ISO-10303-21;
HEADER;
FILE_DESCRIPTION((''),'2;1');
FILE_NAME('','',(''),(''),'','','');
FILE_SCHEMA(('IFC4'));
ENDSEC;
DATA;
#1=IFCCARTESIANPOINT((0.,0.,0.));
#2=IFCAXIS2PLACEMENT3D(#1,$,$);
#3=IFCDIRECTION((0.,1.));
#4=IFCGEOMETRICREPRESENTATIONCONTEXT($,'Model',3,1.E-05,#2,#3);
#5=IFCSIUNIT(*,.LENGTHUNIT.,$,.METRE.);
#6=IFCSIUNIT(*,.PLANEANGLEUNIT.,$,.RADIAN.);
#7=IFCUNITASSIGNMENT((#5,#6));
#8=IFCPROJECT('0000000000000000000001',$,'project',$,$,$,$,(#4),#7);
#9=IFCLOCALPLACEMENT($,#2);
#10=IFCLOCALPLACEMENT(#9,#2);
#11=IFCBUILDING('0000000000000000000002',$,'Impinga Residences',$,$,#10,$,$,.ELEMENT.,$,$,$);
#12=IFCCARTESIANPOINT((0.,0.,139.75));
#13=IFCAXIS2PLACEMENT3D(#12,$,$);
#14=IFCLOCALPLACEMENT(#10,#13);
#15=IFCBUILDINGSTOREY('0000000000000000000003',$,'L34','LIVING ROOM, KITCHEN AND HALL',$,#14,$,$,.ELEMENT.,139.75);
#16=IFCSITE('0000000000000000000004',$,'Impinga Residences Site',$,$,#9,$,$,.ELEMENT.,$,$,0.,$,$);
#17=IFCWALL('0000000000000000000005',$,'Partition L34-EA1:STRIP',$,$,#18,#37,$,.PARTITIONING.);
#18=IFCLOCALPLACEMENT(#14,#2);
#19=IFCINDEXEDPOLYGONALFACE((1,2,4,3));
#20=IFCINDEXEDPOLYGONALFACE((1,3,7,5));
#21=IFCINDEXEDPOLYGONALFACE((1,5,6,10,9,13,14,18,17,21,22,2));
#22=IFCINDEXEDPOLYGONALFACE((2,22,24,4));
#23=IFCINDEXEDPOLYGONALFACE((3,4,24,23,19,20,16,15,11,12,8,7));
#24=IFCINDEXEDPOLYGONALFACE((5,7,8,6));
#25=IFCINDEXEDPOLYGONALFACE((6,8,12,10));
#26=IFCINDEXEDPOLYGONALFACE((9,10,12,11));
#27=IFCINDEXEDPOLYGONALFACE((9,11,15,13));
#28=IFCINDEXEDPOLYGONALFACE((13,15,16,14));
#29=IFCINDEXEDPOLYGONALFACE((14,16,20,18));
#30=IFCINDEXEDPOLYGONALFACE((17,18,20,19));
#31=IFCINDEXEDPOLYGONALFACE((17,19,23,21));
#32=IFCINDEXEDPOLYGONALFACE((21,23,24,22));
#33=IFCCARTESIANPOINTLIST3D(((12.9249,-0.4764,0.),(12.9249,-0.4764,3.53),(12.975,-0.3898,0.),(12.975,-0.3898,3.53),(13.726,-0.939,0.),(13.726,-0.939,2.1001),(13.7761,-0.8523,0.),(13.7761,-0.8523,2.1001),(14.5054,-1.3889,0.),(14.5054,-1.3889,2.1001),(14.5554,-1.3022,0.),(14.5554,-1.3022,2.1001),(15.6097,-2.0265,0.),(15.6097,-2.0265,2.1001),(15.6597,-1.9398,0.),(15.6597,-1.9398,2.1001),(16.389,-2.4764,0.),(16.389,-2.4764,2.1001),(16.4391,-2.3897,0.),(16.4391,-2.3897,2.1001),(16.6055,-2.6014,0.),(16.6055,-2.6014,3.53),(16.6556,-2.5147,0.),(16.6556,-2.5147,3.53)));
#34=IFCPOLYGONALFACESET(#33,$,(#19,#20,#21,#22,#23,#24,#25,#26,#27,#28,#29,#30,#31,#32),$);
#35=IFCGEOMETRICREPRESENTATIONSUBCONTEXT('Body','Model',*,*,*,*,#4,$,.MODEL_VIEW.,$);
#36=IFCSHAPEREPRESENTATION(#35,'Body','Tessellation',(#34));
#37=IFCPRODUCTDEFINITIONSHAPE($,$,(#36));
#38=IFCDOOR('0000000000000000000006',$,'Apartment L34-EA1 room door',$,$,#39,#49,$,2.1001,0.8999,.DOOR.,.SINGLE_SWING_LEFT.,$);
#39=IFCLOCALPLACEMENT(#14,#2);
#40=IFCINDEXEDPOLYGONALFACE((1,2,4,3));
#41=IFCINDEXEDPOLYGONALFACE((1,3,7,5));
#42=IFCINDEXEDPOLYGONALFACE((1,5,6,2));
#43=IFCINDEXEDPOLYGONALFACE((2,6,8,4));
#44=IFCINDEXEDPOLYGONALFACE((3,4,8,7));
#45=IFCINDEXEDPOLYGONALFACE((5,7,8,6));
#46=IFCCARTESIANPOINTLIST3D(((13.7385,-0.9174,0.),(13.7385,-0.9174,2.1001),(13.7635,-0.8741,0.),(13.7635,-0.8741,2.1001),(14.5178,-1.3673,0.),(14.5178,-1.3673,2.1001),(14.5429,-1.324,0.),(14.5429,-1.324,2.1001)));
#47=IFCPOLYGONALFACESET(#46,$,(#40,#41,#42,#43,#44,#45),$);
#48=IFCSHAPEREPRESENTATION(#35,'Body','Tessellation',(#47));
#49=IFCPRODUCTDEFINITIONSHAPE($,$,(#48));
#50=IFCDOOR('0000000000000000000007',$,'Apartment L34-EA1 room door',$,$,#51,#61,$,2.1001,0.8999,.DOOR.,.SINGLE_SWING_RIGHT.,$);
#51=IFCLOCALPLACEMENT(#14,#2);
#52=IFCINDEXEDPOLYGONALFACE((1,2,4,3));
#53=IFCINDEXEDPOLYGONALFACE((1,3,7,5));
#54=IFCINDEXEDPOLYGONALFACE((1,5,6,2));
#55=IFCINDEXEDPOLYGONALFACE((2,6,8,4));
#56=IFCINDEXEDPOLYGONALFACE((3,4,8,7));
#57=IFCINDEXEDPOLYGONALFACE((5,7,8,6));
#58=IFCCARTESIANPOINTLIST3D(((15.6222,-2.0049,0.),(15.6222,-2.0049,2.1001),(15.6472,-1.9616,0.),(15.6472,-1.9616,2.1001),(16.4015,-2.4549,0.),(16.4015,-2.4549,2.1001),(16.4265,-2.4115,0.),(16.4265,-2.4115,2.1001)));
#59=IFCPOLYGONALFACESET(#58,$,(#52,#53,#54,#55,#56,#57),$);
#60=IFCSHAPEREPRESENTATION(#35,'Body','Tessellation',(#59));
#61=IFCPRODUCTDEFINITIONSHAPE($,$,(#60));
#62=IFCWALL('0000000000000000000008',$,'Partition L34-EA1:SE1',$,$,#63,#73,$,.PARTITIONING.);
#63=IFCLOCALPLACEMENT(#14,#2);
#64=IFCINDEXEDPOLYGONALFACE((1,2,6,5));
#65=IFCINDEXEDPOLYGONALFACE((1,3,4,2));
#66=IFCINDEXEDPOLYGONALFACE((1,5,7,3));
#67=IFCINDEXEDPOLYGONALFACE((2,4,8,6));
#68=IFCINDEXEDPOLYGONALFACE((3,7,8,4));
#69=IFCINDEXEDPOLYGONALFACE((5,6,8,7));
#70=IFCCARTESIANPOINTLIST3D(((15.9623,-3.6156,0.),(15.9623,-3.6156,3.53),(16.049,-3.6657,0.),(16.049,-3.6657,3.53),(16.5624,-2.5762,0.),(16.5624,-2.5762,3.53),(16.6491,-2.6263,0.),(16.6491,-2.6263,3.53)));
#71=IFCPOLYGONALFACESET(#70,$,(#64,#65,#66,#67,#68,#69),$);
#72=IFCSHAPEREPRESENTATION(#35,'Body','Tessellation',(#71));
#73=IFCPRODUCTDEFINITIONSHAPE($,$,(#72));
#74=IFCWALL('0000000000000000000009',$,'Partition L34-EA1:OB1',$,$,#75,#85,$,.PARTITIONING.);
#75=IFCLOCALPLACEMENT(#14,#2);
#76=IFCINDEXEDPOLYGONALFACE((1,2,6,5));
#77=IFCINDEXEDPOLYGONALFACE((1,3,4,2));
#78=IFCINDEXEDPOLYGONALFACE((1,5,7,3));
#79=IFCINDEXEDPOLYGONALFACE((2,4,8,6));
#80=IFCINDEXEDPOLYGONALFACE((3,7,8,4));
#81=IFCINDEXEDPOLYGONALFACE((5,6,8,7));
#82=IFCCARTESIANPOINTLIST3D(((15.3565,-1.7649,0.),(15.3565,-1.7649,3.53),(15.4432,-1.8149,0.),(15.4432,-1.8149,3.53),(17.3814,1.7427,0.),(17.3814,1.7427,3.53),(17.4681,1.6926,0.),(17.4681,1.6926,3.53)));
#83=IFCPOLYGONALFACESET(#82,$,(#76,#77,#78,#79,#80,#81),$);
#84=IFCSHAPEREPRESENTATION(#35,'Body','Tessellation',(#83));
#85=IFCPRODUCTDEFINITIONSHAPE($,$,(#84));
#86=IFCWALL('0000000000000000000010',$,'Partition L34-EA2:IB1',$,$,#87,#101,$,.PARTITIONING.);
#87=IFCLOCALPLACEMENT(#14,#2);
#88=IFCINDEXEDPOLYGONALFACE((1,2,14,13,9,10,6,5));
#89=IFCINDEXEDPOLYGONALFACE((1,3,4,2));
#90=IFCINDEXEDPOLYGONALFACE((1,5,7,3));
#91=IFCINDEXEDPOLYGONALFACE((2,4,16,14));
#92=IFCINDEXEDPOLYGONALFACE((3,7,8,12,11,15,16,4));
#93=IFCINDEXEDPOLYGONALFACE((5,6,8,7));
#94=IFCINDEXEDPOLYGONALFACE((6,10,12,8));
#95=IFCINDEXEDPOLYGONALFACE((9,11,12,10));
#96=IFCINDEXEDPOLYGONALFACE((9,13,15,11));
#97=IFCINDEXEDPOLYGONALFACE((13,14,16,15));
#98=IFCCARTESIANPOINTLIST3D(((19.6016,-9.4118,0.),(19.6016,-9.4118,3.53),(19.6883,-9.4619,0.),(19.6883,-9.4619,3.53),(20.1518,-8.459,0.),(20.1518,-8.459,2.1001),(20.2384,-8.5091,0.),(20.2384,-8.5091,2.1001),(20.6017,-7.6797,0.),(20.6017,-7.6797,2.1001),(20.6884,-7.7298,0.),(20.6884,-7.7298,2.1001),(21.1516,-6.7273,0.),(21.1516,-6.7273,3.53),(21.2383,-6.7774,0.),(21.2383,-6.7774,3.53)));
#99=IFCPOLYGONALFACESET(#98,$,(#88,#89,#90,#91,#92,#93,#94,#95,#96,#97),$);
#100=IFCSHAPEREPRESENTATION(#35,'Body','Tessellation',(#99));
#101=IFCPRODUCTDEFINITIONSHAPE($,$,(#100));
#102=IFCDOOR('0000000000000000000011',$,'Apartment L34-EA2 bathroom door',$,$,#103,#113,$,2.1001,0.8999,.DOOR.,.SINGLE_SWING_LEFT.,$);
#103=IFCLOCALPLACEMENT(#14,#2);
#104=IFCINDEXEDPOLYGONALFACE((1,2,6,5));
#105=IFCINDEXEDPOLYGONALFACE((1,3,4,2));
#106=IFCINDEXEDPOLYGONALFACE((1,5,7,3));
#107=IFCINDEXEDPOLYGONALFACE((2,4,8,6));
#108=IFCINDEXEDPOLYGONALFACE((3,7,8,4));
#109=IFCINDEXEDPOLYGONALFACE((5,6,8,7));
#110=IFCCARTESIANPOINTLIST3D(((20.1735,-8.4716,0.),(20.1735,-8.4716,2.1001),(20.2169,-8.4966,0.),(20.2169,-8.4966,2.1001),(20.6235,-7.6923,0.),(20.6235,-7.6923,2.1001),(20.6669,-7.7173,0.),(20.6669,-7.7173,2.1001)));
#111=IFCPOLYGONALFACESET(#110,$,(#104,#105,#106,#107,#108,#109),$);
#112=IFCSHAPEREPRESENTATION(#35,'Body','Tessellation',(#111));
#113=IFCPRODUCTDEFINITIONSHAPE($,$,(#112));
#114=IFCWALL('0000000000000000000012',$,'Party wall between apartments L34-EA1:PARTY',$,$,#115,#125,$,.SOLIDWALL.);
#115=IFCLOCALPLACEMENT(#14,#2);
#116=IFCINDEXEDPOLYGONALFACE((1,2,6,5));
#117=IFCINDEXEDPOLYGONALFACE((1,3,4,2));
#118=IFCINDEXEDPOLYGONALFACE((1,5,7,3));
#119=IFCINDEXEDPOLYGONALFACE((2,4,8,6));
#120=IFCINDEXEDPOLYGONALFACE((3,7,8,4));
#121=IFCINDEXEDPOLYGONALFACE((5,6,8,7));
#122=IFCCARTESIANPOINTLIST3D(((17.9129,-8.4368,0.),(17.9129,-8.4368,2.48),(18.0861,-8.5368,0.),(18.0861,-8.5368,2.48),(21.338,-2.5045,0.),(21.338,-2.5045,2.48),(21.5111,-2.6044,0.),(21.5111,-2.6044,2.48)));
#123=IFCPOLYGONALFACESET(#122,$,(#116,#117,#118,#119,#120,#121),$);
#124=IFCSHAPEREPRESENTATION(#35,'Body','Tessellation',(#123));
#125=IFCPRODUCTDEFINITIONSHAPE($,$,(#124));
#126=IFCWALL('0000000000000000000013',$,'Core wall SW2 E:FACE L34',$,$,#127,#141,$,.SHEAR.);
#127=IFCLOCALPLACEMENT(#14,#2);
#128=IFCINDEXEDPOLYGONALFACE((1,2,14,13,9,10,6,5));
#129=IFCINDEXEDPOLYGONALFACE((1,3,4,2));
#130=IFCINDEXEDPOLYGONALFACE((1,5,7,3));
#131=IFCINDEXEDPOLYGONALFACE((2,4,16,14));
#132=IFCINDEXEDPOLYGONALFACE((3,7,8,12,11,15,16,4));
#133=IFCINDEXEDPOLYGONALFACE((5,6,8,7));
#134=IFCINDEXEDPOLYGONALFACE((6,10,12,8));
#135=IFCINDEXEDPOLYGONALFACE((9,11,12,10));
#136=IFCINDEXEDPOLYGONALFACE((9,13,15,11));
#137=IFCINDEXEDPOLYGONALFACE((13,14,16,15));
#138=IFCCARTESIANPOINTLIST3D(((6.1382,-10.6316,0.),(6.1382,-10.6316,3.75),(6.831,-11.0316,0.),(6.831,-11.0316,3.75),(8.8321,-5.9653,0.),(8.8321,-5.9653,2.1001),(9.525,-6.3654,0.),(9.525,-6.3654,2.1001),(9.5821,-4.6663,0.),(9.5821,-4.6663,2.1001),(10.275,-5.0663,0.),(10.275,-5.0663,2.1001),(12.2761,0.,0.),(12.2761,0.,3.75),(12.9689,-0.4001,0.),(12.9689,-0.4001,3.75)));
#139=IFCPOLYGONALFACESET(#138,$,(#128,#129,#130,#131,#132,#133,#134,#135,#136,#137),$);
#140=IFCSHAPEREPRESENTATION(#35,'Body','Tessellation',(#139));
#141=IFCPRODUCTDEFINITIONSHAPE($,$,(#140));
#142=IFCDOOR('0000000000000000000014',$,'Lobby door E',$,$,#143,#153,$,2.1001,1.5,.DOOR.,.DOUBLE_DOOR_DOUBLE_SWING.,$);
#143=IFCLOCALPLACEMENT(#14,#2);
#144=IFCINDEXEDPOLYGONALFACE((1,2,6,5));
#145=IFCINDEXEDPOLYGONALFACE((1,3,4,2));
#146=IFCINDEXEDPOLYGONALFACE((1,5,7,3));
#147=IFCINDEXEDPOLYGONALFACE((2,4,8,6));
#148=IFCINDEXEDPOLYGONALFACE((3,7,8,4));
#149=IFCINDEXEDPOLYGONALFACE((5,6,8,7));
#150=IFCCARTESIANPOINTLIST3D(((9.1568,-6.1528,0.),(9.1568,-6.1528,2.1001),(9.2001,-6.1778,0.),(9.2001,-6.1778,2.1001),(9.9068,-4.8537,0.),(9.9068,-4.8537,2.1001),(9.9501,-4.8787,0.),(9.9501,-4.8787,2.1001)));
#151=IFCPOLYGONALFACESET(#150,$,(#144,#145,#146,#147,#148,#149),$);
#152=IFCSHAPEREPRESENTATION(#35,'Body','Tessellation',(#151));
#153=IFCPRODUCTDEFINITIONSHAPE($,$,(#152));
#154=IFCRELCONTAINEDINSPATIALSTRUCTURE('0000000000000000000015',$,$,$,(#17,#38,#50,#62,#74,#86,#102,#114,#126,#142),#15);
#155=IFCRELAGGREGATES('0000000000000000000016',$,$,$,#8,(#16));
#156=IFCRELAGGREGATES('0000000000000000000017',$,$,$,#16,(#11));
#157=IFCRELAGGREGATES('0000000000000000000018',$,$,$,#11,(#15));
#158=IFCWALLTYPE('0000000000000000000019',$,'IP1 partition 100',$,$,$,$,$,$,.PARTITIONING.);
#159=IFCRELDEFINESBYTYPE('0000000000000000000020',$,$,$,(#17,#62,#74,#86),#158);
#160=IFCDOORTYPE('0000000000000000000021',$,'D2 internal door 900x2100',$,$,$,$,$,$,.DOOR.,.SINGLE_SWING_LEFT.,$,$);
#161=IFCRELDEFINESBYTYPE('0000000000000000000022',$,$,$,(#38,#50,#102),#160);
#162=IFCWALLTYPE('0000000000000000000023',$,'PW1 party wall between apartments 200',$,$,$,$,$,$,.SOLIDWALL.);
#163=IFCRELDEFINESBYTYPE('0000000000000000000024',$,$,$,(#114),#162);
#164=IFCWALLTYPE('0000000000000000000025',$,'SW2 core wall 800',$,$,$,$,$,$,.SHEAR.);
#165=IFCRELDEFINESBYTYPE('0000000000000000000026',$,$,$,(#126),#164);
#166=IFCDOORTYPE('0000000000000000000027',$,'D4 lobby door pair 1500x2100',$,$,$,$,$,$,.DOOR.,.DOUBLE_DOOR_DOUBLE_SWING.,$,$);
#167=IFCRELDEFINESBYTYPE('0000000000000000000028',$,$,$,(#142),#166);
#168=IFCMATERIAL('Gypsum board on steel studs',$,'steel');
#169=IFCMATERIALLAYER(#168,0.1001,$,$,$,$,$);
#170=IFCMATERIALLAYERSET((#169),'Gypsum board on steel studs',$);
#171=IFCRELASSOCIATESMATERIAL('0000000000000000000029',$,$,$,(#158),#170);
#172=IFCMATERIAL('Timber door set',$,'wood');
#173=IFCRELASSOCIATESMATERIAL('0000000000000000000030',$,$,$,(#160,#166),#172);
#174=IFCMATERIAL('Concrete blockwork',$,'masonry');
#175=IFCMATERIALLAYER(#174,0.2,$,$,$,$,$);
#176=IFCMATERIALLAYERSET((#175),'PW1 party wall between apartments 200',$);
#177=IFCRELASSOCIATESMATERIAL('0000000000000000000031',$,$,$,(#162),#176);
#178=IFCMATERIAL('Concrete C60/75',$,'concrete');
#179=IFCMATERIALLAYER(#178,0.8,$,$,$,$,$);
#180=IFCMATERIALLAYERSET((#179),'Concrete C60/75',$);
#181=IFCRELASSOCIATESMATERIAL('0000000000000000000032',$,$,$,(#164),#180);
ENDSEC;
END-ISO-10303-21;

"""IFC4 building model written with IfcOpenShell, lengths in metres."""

from ifc_helpers import new_model, si_unit, direction, frame, frame_2d, origin, place, context, subcontext, project, spatial, rectangle, extrude, material, layer, layer_set, type_object, element, fill, save


model = new_model("IFC4")

# Units and contexts
model_context = context("Model", 3, precision=1e-05, world=origin(), true_north=direction((0.0, 1.0)))
body_context = subcontext(model_context, "Body", "Model", "MODEL_VIEW")
ifc_project = project(units=[si_unit("LENGTHUNIT", "METRE"), si_unit("PLANEANGLEUNIT", "RADIAN")], contexts=[model_context])

# Site, building, storey
site_placement = place(None, origin())
site = spatial("IfcSite", under=ifc_project, at=site_placement, Name="Impinga Residences Site", CompositionType="ELEMENT", RefElevation=0.0)
building_placement = place(site_placement, origin())
building = spatial("IfcBuilding", under=site, at=building_placement, Name="Impinga Residences", CompositionType="ELEMENT")
storey_placement = place(building_placement, frame((0.0, 0.0, 139.75)))
storey = spatial("IfcBuildingStorey", under=building, at=storey_placement, Name="L34", Description="LIVING ROOM, KITCHEN AND HALL", CompositionType="ELEMENT", Elevation=139.75)

# Shared definitions
ifc_material_1 = material(Name="Concrete C60/75", Category="concrete")

# Shared definitions
ifc_material_2 = material(Name="Gypsum board on steel studs", Category="steel")
ifc_layer_1 = layer(ifc_material_2, 0.1001)
ifc_layer_set_1 = layer_set([ifc_layer_1], Name="Gypsum board on steel studs")
wall_type_1 = type_object("IfcWallType", Name="IP1 partition 100", PredefinedType="PARTITIONING", material=ifc_layer_set_1)

# Wall, openings, doors
wall_1_placement = place(storey_placement, frame((12.95, -0.4331, 0.0), z_axis=(0.0, 0.0, 1.0), x_axis=(0.866029, -0.499994, 0.0)))
wall_1 = element("IfcWall", 1, at=wall_1_placement, inside=storey, type_object=wall_type_1, Name="Partition L34-EA1:STRIP", PredefinedType="PARTITIONING", context=body_context, shape_type="SweptSolid", body=[
    extrude(rectangle(XDim=4.25, YDim=0.1001, at=frame_2d((2.125, 0.0))), origin(), (0.0, 0.0, 1.0), 3.53),
])
opening_1_placement = place(wall_1_placement, frame((0.925, 0.0, 0.0)))
opening_1 = element("IfcOpeningElement", 2, at=opening_1_placement, cuts=wall_1, PredefinedType="OPENING", context=body_context, shape_type="SweptSolid", body=[
    extrude(rectangle(XDim=0.8999, YDim=2.1001, at=frame_2d((0.45, 1.05))), frame((0.0, 0.0601, 0.0), z_axis=(0.0, -1.0, 0.0), x_axis=(1.0, 0.0, 0.0)), (0.0, 0.0, 1.0), 0.1201),
])
opening_2_placement = place(wall_1_placement, frame((3.1001, 0.0, 0.0)))
opening_2 = element("IfcOpeningElement", 3, at=opening_2_placement, cuts=wall_1, PredefinedType="OPENING", context=body_context, shape_type="SweptSolid", body=[
    extrude(rectangle(XDim=0.8999, YDim=2.1001, at=frame_2d((0.45, 1.05))), frame((0.0, 0.0601, 0.0), z_axis=(0.0, -1.0, 0.0), x_axis=(1.0, 0.0, 0.0)), (0.0, 0.0, 1.0), 0.1201),
])
ifc_material_3 = material(Name="Timber door set", Category="wood")
door_type_1 = type_object("IfcDoorType", Name="D2 internal door 900x2100", OperationType="SINGLE_SWING_LEFT", PredefinedType="DOOR", material=ifc_material_3)
door_1_placement = place(opening_1_placement, origin())
door_1 = element("IfcDoor", 4, at=door_1_placement, inside=storey, type_object=door_type_1, Name="Apartment L34-EA1 room door", OperationType="SINGLE_SWING_LEFT", OverallHeight=2.1001, OverallWidth=0.8999, PredefinedType="DOOR", context=body_context, shape_type="SweptSolid", body=[
    extrude(rectangle(XDim=0.8999, YDim=2.1001, at=frame_2d((0.45, 1.05))), frame((0.0, 0.0249, 0.0), z_axis=(0.0, -1.0, 0.0), x_axis=(1.0, 0.0, 0.0)), (0.0, 0.0, 1.0), 0.05),
])
fill(opening_1, door_1)
door_2_placement = place(opening_2_placement, origin())
door_2 = element("IfcDoor", 5, at=door_2_placement, inside=storey, type_object=door_type_1, Name="Apartment L34-EA1 room door", OperationType="SINGLE_SWING_RIGHT", OverallHeight=2.1001, OverallWidth=0.8999, PredefinedType="DOOR", context=body_context, shape_type="SweptSolid", body=[
    extrude(rectangle(XDim=0.8999, YDim=2.1001, at=frame_2d((0.45, 1.05))), frame((0.0, 0.0249, 0.0), z_axis=(0.0, -1.0, 0.0), x_axis=(1.0, 0.0, 0.0)), (0.0, 0.0, 1.0), 0.05),
])
fill(opening_2, door_2)

# Walls
wall_2_placement = place(storey_placement, frame((16.0056, -3.6406, 0.0), z_axis=(0.0, 0.0, 1.0), x_axis=(0.500034, 0.866006, 0.0)))
element("IfcWall", 6, at=wall_2_placement, inside=storey, type_object=wall_type_1, Name="Partition L34-EA1:SE1", PredefinedType="PARTITIONING", context=body_context, shape_type="SweptSolid", body=[
    extrude(rectangle(XDim=1.2002, YDim=0.1001, at=frame_2d((0.6001, 0.0))), origin(), (0.0, 0.0, 1.0), 3.53),
])
wall_3_placement = place(storey_placement, frame((15.3999, -1.7898, 0.0), z_axis=(0.0, 0.0, 1.0), x_axis=(0.499964, 0.866046, 0.0)))
element("IfcWall", 7, at=wall_3_placement, inside=storey, type_object=wall_type_1, Name="Partition L34-EA1:OB1", PredefinedType="PARTITIONING", context=body_context, shape_type="SweptSolid", body=[
    extrude(rectangle(XDim=4.05, YDim=0.1001, at=frame_2d((2.0249, 0.0))), origin(), (0.0, 0.0, 1.0), 3.53),
])

# Wall, opening, door
wall_4_placement = place(storey_placement, frame((19.645, -9.4368, 0.0), z_axis=(0.0, 0.0, 1.0), x_axis=(0.500027, 0.86601, 0.0)))
wall_4 = element("IfcWall", 8, at=wall_4_placement, inside=storey, type_object=wall_type_1, Name="Partition L34-EA2:IB1", PredefinedType="PARTITIONING", context=body_context, shape_type="SweptSolid", body=[
    extrude(rectangle(XDim=3.0999, YDim=0.1001, at=frame_2d((1.5498, 0.0))), origin(), (0.0, 0.0, 1.0), 3.53),
])
opening_3_placement = place(wall_4_placement, frame((1.1001, 0.0, 0.0)))
opening_3 = element("IfcOpeningElement", 9, at=opening_3_placement, cuts=wall_4, PredefinedType="OPENING", context=body_context, shape_type="SweptSolid", body=[
    extrude(rectangle(XDim=0.8999, YDim=2.1001, at=frame_2d((0.45, 1.05))), frame((0.0, 0.0601, 0.0), z_axis=(0.0, -1.0, 0.0), x_axis=(1.0, 0.0, 0.0)), (0.0, 0.0, 1.0), 0.1201),
])
door_3_placement = place(opening_3_placement, origin())
door_3 = element("IfcDoor", 10, at=door_3_placement, inside=storey, type_object=door_type_1, Name="Apartment L34-EA2 bathroom door", OperationType="SINGLE_SWING_LEFT", OverallHeight=2.1001, OverallWidth=0.8999, PredefinedType="DOOR", context=body_context, shape_type="SweptSolid", body=[
    extrude(rectangle(XDim=0.8999, YDim=2.1001, at=frame_2d((0.45, 1.05))), frame((0.0, 0.0249, 0.0), z_axis=(0.0, -1.0, 0.0), x_axis=(1.0, 0.0, 0.0)), (0.0, 0.0, 1.0), 0.05),
])
fill(opening_3, door_3)

# Wall
ifc_material_4 = material(Name="Concrete blockwork", Category="masonry")
ifc_layer_2 = layer(ifc_material_4, 0.2)
ifc_layer_set_2 = layer_set([ifc_layer_2], Name="PW1 party wall between apartments 200")
wall_type_2 = type_object("IfcWallType", Name="PW1 party wall between apartments 200", PredefinedType="SOLIDWALL", material=ifc_layer_set_2)
wall_5_placement = place(storey_placement, frame((17.9995, -8.4868, 0.0), z_axis=(0.0, 0.0, 1.0), x_axis=(0.499999, 0.866026, 0.0)))
element("IfcWall", 11, at=wall_5_placement, inside=storey, type_object=wall_type_2, Name="Party wall between apartments L34-EA1:PARTY", PredefinedType="SOLIDWALL", context=body_context, shape_type="SweptSolid", body=[
    extrude(rectangle(XDim=6.8501, YDim=0.2, at=frame_2d((3.425, 0.0))), origin(), (0.0, 0.0, 1.0), 2.48),
])

# Wall, opening, door
ifc_layer_3 = layer(ifc_material_1, 0.8)
ifc_layer_set_3 = layer_set([ifc_layer_3], Name="Concrete C60/75")
wall_type_3 = type_object("IfcWallType", Name="SW2 core wall 800", PredefinedType="SHEAR", material=ifc_layer_set_3)
wall_6_placement = place(storey_placement, frame((12.6226, -0.2, 0.0), z_axis=(0.0, 0.0, 1.0), x_axis=(-0.499987, -0.866033, 0.0)))
wall_6 = element("IfcWall", 12, at=wall_6_placement, inside=storey, type_object=wall_type_3, Name="Core wall SW2 E:FACE L34", PredefinedType="SHEAR", context=body_context, shape_type="SweptSolid", body=[
    extrude(rectangle(XDim=12.2761, YDim=0.8, at=frame_2d((6.1382, 0.0))), origin(), (0.0, 0.0, 1.0), 3.75),
])
opening_4_placement = place(wall_6_placement, frame((5.3882, 0.0, 0.0)))
opening_4 = element("IfcOpeningElement", 13, at=opening_4_placement, cuts=wall_6, PredefinedType="OPENING", context=body_context, shape_type="SweptSolid", body=[
    extrude(rectangle(XDim=1.5, YDim=2.1001, at=frame_2d((0.75, 1.05))), frame((0.0, 0.4099, 0.0), z_axis=(0.0, -1.0, 0.0), x_axis=(1.0, 0.0, 0.0)), (0.0, 0.0, 1.0), 0.8201),
])
door_type_2 = type_object("IfcDoorType", Name="D4 lobby door pair 1500x2100", OperationType="DOUBLE_DOOR_DOUBLE_SWING", PredefinedType="DOOR", material=ifc_material_3)
door_4_placement = place(opening_4_placement, origin())
door_4 = element("IfcDoor", 14, at=door_4_placement, inside=storey, type_object=door_type_2, Name="Lobby door E", OperationType="DOUBLE_DOOR_DOUBLE_SWING", OverallHeight=2.1001, OverallWidth=1.5, PredefinedType="DOOR", context=body_context, shape_type="SweptSolid", body=[
    extrude(rectangle(XDim=1.5, YDim=2.1001, at=frame_2d((0.75, 1.05))), frame((0.0, 0.0249, 0.0), z_axis=(0.0, -1.0, 0.0), x_axis=(1.0, 0.0, 0.0)), (0.0, 0.0, 1.0), 0.05),
])
fill(opening_4, door_4)

save(model, "model.ifc")
